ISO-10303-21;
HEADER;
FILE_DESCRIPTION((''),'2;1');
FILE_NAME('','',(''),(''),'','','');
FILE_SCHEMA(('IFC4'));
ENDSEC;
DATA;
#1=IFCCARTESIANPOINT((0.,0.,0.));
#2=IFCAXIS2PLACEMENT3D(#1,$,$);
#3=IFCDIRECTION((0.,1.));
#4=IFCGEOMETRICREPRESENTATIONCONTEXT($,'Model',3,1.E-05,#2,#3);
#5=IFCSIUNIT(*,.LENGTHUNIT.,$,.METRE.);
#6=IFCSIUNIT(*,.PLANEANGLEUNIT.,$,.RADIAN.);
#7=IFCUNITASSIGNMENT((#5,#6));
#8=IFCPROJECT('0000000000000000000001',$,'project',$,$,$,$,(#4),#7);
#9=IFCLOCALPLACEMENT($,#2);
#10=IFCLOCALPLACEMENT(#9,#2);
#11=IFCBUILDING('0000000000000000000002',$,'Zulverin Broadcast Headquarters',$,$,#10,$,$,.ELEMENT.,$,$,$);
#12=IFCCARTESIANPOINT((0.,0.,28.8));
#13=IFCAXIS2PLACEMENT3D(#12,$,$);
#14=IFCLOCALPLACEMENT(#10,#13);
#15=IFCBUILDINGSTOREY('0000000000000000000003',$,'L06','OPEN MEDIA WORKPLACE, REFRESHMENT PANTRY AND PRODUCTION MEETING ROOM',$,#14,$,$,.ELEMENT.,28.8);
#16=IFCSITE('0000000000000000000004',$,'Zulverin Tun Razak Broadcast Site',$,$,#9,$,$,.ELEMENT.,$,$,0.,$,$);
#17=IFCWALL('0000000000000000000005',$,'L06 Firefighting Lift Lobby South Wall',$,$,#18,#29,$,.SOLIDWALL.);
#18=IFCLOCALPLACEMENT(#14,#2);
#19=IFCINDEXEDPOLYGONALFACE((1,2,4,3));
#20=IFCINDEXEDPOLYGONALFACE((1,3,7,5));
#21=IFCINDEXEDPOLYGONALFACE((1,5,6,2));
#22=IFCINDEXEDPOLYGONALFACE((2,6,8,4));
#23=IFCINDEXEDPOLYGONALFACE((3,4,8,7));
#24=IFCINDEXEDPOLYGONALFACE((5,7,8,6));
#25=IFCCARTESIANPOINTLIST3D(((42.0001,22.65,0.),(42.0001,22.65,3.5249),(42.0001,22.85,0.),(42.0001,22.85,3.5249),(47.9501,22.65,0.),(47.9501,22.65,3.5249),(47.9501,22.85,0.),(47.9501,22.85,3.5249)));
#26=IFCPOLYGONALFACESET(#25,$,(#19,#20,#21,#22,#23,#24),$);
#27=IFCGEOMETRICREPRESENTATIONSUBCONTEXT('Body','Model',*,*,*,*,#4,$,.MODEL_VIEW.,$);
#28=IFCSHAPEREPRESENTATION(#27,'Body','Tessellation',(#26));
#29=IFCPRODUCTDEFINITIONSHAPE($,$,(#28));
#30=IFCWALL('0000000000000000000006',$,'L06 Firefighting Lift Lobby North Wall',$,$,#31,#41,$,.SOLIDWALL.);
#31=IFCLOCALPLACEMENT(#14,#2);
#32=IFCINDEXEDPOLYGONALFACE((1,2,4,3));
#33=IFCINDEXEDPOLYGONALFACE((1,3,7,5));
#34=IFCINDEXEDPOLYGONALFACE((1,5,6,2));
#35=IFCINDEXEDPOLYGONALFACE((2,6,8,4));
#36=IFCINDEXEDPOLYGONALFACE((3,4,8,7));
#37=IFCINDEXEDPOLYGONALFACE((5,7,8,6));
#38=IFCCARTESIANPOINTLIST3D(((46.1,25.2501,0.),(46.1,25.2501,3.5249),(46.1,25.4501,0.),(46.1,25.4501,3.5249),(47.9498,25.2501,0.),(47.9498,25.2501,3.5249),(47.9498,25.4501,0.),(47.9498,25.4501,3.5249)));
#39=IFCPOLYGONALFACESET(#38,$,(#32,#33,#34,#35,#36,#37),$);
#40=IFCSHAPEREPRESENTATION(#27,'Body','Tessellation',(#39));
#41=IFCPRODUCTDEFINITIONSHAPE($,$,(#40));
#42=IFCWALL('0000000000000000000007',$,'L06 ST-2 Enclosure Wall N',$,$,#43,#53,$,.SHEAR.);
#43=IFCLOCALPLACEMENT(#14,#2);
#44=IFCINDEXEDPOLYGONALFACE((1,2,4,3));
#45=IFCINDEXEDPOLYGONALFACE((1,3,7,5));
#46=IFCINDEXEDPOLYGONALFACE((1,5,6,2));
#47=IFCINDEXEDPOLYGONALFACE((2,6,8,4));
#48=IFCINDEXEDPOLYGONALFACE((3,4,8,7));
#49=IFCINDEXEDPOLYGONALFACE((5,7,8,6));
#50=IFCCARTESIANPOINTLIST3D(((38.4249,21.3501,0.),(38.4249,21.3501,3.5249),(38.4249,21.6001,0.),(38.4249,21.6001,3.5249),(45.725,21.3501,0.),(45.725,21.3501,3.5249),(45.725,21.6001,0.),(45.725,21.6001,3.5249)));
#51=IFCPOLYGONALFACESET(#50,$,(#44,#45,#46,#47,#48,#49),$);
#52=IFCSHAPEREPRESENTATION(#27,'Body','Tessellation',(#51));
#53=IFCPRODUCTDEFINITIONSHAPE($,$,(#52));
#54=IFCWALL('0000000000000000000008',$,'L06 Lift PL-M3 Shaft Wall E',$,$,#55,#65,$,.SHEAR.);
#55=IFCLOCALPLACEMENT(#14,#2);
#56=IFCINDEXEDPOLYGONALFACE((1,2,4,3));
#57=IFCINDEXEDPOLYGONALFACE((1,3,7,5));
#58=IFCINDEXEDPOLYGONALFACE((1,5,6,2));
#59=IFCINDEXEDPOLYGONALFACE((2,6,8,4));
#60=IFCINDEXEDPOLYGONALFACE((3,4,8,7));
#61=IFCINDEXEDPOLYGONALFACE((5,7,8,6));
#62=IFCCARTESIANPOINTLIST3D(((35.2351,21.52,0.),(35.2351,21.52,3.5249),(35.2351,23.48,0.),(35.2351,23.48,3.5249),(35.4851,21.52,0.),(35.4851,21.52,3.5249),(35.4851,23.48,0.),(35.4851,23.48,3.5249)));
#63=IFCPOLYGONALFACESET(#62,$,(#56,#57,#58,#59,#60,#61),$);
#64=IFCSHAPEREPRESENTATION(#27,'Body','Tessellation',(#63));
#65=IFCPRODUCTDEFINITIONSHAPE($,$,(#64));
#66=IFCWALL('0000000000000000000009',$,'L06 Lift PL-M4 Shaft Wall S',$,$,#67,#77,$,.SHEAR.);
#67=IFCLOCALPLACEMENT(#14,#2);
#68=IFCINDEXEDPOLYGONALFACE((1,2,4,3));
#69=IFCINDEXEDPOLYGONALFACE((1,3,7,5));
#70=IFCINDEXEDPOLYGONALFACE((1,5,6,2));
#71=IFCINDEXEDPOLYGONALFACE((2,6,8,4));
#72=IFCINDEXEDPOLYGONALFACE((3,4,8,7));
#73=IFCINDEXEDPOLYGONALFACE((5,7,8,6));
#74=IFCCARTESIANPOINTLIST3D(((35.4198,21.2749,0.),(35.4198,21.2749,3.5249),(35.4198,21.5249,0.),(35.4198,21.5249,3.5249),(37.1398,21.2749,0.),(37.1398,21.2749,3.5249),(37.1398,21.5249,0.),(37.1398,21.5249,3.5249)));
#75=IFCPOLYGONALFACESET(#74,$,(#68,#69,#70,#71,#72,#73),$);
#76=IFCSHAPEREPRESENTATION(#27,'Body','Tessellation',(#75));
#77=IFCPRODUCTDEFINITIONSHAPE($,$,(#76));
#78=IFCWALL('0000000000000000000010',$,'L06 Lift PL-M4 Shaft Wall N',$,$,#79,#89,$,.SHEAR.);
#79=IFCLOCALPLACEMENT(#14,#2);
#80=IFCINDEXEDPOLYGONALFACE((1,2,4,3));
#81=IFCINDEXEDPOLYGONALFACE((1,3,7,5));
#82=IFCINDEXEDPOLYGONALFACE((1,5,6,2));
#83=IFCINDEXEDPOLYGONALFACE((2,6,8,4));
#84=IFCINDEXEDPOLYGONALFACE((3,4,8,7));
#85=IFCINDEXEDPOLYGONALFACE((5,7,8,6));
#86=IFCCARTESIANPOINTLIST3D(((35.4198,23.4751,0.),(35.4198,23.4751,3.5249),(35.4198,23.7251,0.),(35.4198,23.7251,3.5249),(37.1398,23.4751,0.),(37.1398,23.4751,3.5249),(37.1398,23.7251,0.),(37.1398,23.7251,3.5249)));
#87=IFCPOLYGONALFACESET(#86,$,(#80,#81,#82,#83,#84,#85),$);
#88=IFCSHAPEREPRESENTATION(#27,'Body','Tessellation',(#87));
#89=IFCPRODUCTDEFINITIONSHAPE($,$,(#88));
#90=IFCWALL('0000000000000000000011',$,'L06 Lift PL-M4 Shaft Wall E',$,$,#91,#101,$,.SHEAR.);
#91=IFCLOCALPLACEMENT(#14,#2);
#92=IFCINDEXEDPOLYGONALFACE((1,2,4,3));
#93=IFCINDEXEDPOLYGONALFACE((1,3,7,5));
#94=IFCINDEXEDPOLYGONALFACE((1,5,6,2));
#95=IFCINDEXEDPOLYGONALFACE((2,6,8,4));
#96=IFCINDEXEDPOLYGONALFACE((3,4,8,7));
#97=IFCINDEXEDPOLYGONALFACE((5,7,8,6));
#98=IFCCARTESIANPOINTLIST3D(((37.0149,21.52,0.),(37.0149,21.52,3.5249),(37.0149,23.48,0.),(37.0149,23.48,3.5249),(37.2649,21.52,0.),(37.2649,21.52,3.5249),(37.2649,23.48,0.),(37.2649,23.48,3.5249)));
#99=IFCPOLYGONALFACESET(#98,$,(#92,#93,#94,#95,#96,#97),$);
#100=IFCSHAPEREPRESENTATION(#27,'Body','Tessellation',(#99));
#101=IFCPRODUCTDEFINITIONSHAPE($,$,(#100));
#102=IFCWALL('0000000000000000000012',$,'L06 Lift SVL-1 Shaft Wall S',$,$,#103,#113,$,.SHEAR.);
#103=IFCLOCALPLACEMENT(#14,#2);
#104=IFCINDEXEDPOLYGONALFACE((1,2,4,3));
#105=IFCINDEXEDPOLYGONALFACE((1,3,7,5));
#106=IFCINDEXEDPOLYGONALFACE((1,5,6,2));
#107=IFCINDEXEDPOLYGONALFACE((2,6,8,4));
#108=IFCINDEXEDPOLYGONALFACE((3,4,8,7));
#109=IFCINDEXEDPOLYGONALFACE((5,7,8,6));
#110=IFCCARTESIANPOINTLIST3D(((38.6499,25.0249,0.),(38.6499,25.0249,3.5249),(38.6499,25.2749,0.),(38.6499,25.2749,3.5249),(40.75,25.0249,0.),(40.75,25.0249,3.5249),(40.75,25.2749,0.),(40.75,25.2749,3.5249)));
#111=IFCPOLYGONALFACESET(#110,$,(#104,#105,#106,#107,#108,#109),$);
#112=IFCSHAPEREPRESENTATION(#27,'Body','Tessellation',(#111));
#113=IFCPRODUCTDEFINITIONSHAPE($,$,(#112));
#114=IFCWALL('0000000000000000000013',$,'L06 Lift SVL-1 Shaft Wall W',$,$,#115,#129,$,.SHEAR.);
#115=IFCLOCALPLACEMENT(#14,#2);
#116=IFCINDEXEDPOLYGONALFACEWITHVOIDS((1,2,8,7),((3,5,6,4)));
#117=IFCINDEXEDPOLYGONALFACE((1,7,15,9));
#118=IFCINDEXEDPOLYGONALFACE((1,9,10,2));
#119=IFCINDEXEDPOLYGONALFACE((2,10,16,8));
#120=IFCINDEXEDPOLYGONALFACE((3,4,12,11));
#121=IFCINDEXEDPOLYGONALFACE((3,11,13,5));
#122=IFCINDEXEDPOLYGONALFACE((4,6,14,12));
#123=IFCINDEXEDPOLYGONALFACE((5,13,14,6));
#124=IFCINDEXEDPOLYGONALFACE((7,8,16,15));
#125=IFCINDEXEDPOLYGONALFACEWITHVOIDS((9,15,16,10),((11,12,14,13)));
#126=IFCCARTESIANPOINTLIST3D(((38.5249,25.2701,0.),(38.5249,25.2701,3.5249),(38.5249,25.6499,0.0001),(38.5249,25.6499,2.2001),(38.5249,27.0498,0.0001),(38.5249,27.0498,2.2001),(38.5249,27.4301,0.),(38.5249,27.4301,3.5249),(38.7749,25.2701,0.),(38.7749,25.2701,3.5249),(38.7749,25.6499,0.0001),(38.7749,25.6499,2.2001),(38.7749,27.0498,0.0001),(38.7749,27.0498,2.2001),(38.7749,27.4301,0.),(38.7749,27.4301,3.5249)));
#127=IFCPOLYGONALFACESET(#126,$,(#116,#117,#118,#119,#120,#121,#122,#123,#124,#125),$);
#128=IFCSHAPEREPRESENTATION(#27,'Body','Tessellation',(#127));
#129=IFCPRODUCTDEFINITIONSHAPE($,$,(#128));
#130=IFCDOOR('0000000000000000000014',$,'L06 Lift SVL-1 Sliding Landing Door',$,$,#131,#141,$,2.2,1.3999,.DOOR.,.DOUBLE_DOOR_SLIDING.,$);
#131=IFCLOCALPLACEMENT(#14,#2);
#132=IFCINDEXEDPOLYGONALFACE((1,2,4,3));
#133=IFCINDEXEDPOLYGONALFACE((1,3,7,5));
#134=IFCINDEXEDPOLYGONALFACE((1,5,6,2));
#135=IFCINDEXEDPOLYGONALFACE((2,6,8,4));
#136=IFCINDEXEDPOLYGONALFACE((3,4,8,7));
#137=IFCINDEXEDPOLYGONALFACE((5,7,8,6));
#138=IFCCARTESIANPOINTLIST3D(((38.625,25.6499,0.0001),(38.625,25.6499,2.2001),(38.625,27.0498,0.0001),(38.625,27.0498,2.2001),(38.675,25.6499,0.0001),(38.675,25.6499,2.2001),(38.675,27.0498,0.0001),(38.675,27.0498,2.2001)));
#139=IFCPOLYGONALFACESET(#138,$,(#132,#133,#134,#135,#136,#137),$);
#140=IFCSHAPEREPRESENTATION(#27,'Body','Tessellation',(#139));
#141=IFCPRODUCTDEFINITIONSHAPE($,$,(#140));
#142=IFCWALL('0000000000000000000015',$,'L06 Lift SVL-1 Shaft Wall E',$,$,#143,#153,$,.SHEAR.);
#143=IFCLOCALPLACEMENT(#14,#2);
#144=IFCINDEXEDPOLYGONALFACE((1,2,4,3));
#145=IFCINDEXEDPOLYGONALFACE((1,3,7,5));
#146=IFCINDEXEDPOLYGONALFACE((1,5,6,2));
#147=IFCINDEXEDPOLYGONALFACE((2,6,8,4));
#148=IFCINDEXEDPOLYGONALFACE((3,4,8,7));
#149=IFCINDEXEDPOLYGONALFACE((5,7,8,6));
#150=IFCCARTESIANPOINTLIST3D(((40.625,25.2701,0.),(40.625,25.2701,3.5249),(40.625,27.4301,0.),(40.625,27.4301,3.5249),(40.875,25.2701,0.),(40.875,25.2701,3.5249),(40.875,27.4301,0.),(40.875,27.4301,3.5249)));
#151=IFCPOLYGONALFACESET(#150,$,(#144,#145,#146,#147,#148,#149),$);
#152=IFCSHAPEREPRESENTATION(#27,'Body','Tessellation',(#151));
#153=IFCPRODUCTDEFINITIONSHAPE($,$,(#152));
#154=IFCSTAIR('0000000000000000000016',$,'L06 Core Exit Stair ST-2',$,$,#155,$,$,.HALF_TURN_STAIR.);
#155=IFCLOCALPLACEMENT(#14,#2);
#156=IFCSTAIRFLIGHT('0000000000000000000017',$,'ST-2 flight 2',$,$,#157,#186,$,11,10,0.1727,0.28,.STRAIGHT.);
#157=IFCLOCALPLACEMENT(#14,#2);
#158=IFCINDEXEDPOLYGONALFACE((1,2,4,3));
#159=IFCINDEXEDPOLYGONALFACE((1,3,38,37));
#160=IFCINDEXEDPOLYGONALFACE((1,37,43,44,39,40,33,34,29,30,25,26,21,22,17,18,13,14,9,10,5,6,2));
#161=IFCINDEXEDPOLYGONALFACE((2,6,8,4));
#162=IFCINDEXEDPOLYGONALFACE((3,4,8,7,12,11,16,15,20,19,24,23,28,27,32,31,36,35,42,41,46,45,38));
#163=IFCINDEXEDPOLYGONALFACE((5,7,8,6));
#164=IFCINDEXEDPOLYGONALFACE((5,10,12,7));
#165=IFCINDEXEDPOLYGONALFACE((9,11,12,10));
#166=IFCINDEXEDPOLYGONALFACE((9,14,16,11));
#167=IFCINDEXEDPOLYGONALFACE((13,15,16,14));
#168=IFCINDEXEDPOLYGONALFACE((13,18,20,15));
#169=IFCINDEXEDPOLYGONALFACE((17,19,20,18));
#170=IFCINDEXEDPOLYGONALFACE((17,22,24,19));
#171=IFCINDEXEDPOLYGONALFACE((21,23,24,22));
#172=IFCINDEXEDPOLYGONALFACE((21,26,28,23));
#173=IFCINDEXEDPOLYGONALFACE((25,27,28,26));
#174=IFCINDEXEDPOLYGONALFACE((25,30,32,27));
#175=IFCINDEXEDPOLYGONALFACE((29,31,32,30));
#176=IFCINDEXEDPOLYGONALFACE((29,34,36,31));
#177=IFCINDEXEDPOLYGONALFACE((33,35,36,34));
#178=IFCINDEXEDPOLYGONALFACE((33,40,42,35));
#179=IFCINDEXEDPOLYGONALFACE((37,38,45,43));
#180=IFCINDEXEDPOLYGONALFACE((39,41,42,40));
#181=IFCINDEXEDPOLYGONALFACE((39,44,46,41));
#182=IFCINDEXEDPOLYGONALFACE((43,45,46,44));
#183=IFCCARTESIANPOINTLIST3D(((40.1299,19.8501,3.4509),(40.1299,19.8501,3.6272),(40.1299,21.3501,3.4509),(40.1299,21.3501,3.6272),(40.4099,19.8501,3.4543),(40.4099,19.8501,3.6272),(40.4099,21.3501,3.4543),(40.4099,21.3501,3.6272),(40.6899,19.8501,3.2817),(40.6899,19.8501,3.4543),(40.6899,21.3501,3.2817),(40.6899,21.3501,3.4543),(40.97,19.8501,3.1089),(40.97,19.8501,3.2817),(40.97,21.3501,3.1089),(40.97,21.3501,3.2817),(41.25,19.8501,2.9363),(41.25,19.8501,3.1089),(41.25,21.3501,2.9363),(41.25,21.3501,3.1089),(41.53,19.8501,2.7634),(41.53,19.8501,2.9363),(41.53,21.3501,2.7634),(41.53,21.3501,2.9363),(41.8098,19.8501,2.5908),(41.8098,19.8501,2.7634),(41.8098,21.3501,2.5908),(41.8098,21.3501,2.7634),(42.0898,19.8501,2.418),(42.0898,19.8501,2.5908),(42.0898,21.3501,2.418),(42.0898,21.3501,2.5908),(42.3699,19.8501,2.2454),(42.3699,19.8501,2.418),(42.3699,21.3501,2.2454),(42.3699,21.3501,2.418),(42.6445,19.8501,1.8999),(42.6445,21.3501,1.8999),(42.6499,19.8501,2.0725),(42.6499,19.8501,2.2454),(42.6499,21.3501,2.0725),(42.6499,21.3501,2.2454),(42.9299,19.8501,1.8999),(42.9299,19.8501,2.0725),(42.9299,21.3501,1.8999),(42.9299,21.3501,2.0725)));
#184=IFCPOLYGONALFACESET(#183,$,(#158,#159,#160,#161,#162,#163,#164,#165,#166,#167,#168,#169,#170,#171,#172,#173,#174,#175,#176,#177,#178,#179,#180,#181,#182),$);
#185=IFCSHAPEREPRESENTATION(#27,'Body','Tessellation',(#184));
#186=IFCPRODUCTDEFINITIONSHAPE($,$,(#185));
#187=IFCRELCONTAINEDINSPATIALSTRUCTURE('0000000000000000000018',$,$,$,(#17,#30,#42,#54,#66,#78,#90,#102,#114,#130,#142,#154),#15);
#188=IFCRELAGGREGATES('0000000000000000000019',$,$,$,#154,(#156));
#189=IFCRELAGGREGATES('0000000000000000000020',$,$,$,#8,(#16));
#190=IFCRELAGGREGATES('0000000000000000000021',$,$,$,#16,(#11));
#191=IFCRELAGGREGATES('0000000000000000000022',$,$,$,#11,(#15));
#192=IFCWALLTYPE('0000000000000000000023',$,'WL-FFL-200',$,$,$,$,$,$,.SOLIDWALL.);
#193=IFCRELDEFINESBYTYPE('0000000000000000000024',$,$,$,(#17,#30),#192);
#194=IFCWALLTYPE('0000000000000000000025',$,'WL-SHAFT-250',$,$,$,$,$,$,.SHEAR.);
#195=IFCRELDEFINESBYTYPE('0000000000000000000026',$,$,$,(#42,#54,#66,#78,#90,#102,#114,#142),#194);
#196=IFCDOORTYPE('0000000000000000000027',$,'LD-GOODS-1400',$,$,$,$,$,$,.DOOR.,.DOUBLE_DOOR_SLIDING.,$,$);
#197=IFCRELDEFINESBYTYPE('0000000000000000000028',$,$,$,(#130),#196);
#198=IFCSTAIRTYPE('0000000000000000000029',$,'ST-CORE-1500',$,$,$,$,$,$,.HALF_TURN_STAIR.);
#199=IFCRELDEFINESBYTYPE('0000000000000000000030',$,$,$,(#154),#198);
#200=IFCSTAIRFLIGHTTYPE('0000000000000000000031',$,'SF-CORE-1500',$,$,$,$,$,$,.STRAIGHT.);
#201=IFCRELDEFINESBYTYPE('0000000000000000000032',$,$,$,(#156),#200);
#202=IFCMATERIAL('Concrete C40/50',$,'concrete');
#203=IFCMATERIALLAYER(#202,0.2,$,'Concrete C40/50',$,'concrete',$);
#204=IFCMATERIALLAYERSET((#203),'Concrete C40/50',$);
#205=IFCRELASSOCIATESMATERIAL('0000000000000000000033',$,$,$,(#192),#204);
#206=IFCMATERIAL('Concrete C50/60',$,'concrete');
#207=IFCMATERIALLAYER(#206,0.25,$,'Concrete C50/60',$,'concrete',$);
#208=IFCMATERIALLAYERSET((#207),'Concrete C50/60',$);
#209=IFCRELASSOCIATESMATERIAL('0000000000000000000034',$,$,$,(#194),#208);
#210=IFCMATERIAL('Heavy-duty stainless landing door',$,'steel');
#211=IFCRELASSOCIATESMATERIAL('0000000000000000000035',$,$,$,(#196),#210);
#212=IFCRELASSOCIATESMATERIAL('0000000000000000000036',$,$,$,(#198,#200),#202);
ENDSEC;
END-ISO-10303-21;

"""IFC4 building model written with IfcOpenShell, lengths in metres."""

from ifc_helpers import new_model, si_unit, direction, frame, frame_2d, origin, place, context, subcontext, project, spatial, polyline, rectangle, outline, extrude, material, layer, layer_set, type_object, element, fill, aggregate, save


model = new_model("IFC4")

# Units and contexts
model_context = context("Model", 3, precision=1e-05, world=origin(), true_north=direction((0.0, 1.0)))
body_context = subcontext(model_context, "Body", "Model", "MODEL_VIEW")
ifc_project = project(units=[si_unit("LENGTHUNIT", "METRE"), si_unit("PLANEANGLEUNIT", "RADIAN")], contexts=[model_context])

# Site, building, storey
site_placement = place(None, origin())
site = spatial("IfcSite", under=ifc_project, at=site_placement, Name="Zulverin Tun Razak Broadcast Site", CompositionType="ELEMENT", RefElevation=0.0)
building_placement = place(site_placement, origin())
building = spatial("IfcBuilding", under=site, at=building_placement, Name="Zulverin Broadcast Headquarters", CompositionType="ELEMENT")
storey_placement = place(building_placement, frame((0.0, 0.0, 28.8)))
storey = spatial("IfcBuildingStorey", under=building, at=storey_placement, Name="L06", Description="OPEN MEDIA WORKPLACE, REFRESHMENT PANTRY AND PRODUCTION MEETING ROOM", CompositionType="ELEMENT", Elevation=28.8)

# Shared definitions
ifc_material_1 = material(Name="Concrete C40/50", Category="concrete")
ifc_layer_1 = layer(ifc_material_1, 0.2, Name="Concrete C40/50", Category="concrete")
ifc_layer_set_1 = layer_set([ifc_layer_1], Name="Concrete C40/50")
wall_type_1 = type_object("IfcWallType", Name="WL-FFL-200", PredefinedType="SOLIDWALL", material=ifc_layer_set_1)

# Walls
wall_1_placement = place(storey_placement, frame((42.0, 22.75, 0.0), z_axis=(0.0, 0.0, 1.0), x_axis=(1.0, 0.0, 0.0)))
element("IfcWall", 1, at=wall_1_placement, inside=storey, type_object=wall_type_1, Name="L06 Firefighting Lift Lobby South Wall", PredefinedType="SOLIDWALL", context=body_context, shape_type="SweptSolid", body=[
    extrude(rectangle(XDim=5.95, YDim=0.2, at=frame_2d((2.9751, 0.0))), origin(), (0.0, 0.0, 1.0), 3.5249),
])
wall_2_placement = place(storey_placement, frame((46.1001, 25.3501, 0.0), z_axis=(0.0, 0.0, 1.0), x_axis=(1.0, 0.0, 0.0)))
element("IfcWall", 2, at=wall_2_placement, inside=storey, type_object=wall_type_1, Name="L06 Firefighting Lift Lobby North Wall", PredefinedType="SOLIDWALL", context=body_context, shape_type="SweptSolid", body=[
    extrude(rectangle(XDim=1.8499, YDim=0.2, at=frame_2d((0.9248, 0.0))), origin(), (0.0, 0.0, 1.0), 3.5249),
])
ifc_material_2 = material(Name="Concrete C50/60", Category="concrete")
ifc_layer_2 = layer(ifc_material_2, 0.25, Name="Concrete C50/60", Category="concrete")
ifc_layer_set_2 = layer_set([ifc_layer_2], Name="Concrete C50/60")
wall_type_2 = type_object("IfcWallType", Name="WL-SHAFT-250", PredefinedType="SHEAR", material=ifc_layer_set_2)
wall_3_placement = place(storey_placement, frame((38.425, 21.4751, 0.0), z_axis=(0.0, 0.0, 1.0), x_axis=(1.0, 0.0, 0.0)))
element("IfcWall", 3, at=wall_3_placement, inside=storey, type_object=wall_type_2, Name="L06 ST-2 Enclosure Wall N", PredefinedType="SHEAR", context=body_context, shape_type="SweptSolid", body=[
    extrude(rectangle(XDim=7.3, YDim=0.25, at=frame_2d((3.6499, 0.0))), origin(), (0.0, 0.0, 1.0), 3.5249),
])
wall_4_placement = place(storey_placement, frame((35.3601, 21.52, 0.0), z_axis=(0.0, 0.0, 1.0), x_axis=(0.0, 1.0, 0.0)))
element("IfcWall", 4, at=wall_4_placement, inside=storey, type_object=wall_type_2, Name="L06 Lift PL-M3 Shaft Wall E", PredefinedType="SHEAR", context=body_context, shape_type="SweptSolid", body=[
    extrude(rectangle(XDim=1.96, YDim=0.25, at=frame_2d((0.98, 0.0))), origin(), (0.0, 0.0, 1.0), 3.5249),
])
for number, where, z_axis, x_axis, name in (
    (5, (35.4199, 21.3999, 0.0), (0.0, 0.0, 1.0), (1.0, 0.0, 0.0), "L06 Lift PL-M4 Shaft Wall S"),
    (6, (35.4199, 23.6001, 0.0), (0.0, 0.0, 1.0), (1.0, 0.0, 0.0), "L06 Lift PL-M4 Shaft Wall N"),
):
    element("IfcWall", number, at=place(storey_placement, frame(where, z_axis=z_axis, x_axis=x_axis)), inside=storey, type_object=wall_type_2, Name=name, PredefinedType="SHEAR", context=body_context, shape_type="SweptSolid", body=[
        extrude(rectangle(XDim=1.72, YDim=0.25, at=frame_2d((0.8599, 0.0))), origin(), (0.0, 0.0, 1.0), 3.5249),
    ])
wall_5_placement = place(storey_placement, frame((37.1399, 21.52, 0.0), z_axis=(0.0, 0.0, 1.0), x_axis=(0.0, 1.0, 0.0)))
element("IfcWall", 7, at=wall_5_placement, inside=storey, type_object=wall_type_2, Name="L06 Lift PL-M4 Shaft Wall E", PredefinedType="SHEAR", context=body_context, shape_type="SweptSolid", body=[
    extrude(rectangle(XDim=1.96, YDim=0.25, at=frame_2d((0.98, 0.0))), origin(), (0.0, 0.0, 1.0), 3.5249),
])

# Wall
wall_6_placement = place(storey_placement, frame((38.6499, 25.1499, 0.0), z_axis=(0.0, 0.0, 1.0), x_axis=(1.0, 0.0, 0.0)))
element("IfcWall", 8, at=wall_6_placement, inside=storey, type_object=wall_type_2, Name="L06 Lift SVL-1 Shaft Wall S", PredefinedType="SHEAR", context=body_context, shape_type="SweptSolid", body=[
    extrude(rectangle(XDim=2.1001, YDim=0.25, at=frame_2d((1.05, 0.0))), origin(), (0.0, 0.0, 1.0), 3.5249),
])

# Wall, opening, door
wall_7_placement = place(storey_placement, frame((38.6499, 25.27, 0.0), z_axis=(0.0, 0.0, 1.0), x_axis=(0.0, 1.0, 0.0)))
wall_7 = element("IfcWall", 9, at=wall_7_placement, inside=storey, type_object=wall_type_2, Name="L06 Lift SVL-1 Shaft Wall W", PredefinedType="SHEAR", context=body_context, shape_type="SweptSolid", body=[
    extrude(rectangle(XDim=2.1599, YDim=0.25, at=frame_2d((1.0801, 0.0))), origin(), (0.0, 0.0, 1.0), 3.5249),
])
opening_1_placement = place(wall_7_placement, frame((0.3799, 0.0, 0.0)))
opening_1 = element("IfcOpeningElement", 10, at=opening_1_placement, cuts=wall_7, PredefinedType="OPENING", context=body_context, shape_type="SweptSolid", body=[
    extrude(rectangle(XDim=1.3999, YDim=2.2, at=frame_2d((0.7, 1.1001))), frame((0.0, 0.135, 0.0), z_axis=(0.0, -1.0, 0.0), x_axis=(1.0, 0.0, 0.0)), (0.0, 0.0, 1.0), 0.27),
])
ifc_material_3 = material(Name="Heavy-duty stainless landing door", Category="steel")
door_type_1 = type_object("IfcDoorType", Name="LD-GOODS-1400", OperationType="DOUBLE_DOOR_SLIDING", PredefinedType="DOOR", material=ifc_material_3)
door_1_placement = place(opening_1_placement, origin())
door_1 = element("IfcDoor", 11, at=door_1_placement, inside=storey, type_object=door_type_1, Name="L06 Lift SVL-1 Sliding Landing Door", OperationType="DOUBLE_DOOR_SLIDING", OverallHeight=2.2, OverallWidth=1.3999, PredefinedType="DOOR", context=body_context, shape_type="SweptSolid", body=[
    extrude(rectangle(XDim=1.3999, YDim=2.2, at=frame_2d((0.7, 1.1001))), frame((0.0, 0.0249, 0.0), z_axis=(0.0, -1.0, 0.0), x_axis=(1.0, 0.0, 0.0)), (0.0, 0.0, 1.0), 0.05),
])
fill(opening_1, door_1)

# Wall
wall_8_placement = place(storey_placement, frame((40.75, 25.27, 0.0), z_axis=(0.0, 0.0, 1.0), x_axis=(0.0, 1.0, 0.0)))
element("IfcWall", 12, at=wall_8_placement, inside=storey, type_object=wall_type_2, Name="L06 Lift SVL-1 Shaft Wall E", PredefinedType="SHEAR", context=body_context, shape_type="SweptSolid", body=[
    extrude(rectangle(XDim=2.1599, YDim=0.25, at=frame_2d((1.0801, 0.0))), origin(), (0.0, 0.0, 1.0), 3.5249),
])

# Stair, stair flight
stair_type = type_object("IfcStairType", Name="ST-CORE-1500", PredefinedType="HALF_TURN_STAIR", material=ifc_material_1)
stair_placement = place(storey_placement, origin())
stair = element("IfcStair", 13, at=stair_placement, inside=storey, type_object=stair_type, Name="L06 Core Exit Stair ST-2", PredefinedType="HALF_TURN_STAIR")
stair_flight_type = type_object("IfcStairFlightType", Name="SF-CORE-1500", PredefinedType="STRAIGHT", material=ifc_material_1)
stair_flight_placement = place(storey_placement, frame((42.9299, 20.6001, 1.8999), z_axis=(0.0, 0.0, 1.0), x_axis=(-1.0, 0.0, 0.0)))
stair_flight = element("IfcStairFlight", 14, at=stair_flight_placement, type_object=stair_flight_type, Name="ST-2 flight 2", NumberOfRisers=11, NumberOfTreads=10, PredefinedType="STRAIGHT", RiserHeight=0.1727, TreadLength=0.28, context=body_context, shape_type="SweptSolid", body=[
    extrude(outline(polyline([(0.0, 0.0), (0.0, 0.1726), (0.28, 0.1726), (0.28, 0.3455), (0.5601, 0.3455), (0.5601, 0.5181), (0.8401, 0.5181), (0.8401, 0.6909), (1.1201, 0.6909), (1.1201, 0.8635), (1.3999, 0.8635), (1.3999, 1.0364), (1.6799, 1.0364), (1.6799, 1.209), (1.96, 1.209), (1.96, 1.3818), (2.24, 1.3818), (2.24, 1.5544), (2.52, 1.5544), (2.52, 1.7273), (2.8, 1.7273), (2.8, 1.8999), (2.8, 1.551), (0.2854, 0.0), (0.0, 0.0)])), frame((0.0, 0.75, 0.0), z_axis=(0.0, -1.0, 0.0), x_axis=(1.0, 0.0, 0.0)), (0.0, 0.0, 1.0), 1.5),
])
aggregate(stair, [stair_flight])

save(model, "model.ifc")
